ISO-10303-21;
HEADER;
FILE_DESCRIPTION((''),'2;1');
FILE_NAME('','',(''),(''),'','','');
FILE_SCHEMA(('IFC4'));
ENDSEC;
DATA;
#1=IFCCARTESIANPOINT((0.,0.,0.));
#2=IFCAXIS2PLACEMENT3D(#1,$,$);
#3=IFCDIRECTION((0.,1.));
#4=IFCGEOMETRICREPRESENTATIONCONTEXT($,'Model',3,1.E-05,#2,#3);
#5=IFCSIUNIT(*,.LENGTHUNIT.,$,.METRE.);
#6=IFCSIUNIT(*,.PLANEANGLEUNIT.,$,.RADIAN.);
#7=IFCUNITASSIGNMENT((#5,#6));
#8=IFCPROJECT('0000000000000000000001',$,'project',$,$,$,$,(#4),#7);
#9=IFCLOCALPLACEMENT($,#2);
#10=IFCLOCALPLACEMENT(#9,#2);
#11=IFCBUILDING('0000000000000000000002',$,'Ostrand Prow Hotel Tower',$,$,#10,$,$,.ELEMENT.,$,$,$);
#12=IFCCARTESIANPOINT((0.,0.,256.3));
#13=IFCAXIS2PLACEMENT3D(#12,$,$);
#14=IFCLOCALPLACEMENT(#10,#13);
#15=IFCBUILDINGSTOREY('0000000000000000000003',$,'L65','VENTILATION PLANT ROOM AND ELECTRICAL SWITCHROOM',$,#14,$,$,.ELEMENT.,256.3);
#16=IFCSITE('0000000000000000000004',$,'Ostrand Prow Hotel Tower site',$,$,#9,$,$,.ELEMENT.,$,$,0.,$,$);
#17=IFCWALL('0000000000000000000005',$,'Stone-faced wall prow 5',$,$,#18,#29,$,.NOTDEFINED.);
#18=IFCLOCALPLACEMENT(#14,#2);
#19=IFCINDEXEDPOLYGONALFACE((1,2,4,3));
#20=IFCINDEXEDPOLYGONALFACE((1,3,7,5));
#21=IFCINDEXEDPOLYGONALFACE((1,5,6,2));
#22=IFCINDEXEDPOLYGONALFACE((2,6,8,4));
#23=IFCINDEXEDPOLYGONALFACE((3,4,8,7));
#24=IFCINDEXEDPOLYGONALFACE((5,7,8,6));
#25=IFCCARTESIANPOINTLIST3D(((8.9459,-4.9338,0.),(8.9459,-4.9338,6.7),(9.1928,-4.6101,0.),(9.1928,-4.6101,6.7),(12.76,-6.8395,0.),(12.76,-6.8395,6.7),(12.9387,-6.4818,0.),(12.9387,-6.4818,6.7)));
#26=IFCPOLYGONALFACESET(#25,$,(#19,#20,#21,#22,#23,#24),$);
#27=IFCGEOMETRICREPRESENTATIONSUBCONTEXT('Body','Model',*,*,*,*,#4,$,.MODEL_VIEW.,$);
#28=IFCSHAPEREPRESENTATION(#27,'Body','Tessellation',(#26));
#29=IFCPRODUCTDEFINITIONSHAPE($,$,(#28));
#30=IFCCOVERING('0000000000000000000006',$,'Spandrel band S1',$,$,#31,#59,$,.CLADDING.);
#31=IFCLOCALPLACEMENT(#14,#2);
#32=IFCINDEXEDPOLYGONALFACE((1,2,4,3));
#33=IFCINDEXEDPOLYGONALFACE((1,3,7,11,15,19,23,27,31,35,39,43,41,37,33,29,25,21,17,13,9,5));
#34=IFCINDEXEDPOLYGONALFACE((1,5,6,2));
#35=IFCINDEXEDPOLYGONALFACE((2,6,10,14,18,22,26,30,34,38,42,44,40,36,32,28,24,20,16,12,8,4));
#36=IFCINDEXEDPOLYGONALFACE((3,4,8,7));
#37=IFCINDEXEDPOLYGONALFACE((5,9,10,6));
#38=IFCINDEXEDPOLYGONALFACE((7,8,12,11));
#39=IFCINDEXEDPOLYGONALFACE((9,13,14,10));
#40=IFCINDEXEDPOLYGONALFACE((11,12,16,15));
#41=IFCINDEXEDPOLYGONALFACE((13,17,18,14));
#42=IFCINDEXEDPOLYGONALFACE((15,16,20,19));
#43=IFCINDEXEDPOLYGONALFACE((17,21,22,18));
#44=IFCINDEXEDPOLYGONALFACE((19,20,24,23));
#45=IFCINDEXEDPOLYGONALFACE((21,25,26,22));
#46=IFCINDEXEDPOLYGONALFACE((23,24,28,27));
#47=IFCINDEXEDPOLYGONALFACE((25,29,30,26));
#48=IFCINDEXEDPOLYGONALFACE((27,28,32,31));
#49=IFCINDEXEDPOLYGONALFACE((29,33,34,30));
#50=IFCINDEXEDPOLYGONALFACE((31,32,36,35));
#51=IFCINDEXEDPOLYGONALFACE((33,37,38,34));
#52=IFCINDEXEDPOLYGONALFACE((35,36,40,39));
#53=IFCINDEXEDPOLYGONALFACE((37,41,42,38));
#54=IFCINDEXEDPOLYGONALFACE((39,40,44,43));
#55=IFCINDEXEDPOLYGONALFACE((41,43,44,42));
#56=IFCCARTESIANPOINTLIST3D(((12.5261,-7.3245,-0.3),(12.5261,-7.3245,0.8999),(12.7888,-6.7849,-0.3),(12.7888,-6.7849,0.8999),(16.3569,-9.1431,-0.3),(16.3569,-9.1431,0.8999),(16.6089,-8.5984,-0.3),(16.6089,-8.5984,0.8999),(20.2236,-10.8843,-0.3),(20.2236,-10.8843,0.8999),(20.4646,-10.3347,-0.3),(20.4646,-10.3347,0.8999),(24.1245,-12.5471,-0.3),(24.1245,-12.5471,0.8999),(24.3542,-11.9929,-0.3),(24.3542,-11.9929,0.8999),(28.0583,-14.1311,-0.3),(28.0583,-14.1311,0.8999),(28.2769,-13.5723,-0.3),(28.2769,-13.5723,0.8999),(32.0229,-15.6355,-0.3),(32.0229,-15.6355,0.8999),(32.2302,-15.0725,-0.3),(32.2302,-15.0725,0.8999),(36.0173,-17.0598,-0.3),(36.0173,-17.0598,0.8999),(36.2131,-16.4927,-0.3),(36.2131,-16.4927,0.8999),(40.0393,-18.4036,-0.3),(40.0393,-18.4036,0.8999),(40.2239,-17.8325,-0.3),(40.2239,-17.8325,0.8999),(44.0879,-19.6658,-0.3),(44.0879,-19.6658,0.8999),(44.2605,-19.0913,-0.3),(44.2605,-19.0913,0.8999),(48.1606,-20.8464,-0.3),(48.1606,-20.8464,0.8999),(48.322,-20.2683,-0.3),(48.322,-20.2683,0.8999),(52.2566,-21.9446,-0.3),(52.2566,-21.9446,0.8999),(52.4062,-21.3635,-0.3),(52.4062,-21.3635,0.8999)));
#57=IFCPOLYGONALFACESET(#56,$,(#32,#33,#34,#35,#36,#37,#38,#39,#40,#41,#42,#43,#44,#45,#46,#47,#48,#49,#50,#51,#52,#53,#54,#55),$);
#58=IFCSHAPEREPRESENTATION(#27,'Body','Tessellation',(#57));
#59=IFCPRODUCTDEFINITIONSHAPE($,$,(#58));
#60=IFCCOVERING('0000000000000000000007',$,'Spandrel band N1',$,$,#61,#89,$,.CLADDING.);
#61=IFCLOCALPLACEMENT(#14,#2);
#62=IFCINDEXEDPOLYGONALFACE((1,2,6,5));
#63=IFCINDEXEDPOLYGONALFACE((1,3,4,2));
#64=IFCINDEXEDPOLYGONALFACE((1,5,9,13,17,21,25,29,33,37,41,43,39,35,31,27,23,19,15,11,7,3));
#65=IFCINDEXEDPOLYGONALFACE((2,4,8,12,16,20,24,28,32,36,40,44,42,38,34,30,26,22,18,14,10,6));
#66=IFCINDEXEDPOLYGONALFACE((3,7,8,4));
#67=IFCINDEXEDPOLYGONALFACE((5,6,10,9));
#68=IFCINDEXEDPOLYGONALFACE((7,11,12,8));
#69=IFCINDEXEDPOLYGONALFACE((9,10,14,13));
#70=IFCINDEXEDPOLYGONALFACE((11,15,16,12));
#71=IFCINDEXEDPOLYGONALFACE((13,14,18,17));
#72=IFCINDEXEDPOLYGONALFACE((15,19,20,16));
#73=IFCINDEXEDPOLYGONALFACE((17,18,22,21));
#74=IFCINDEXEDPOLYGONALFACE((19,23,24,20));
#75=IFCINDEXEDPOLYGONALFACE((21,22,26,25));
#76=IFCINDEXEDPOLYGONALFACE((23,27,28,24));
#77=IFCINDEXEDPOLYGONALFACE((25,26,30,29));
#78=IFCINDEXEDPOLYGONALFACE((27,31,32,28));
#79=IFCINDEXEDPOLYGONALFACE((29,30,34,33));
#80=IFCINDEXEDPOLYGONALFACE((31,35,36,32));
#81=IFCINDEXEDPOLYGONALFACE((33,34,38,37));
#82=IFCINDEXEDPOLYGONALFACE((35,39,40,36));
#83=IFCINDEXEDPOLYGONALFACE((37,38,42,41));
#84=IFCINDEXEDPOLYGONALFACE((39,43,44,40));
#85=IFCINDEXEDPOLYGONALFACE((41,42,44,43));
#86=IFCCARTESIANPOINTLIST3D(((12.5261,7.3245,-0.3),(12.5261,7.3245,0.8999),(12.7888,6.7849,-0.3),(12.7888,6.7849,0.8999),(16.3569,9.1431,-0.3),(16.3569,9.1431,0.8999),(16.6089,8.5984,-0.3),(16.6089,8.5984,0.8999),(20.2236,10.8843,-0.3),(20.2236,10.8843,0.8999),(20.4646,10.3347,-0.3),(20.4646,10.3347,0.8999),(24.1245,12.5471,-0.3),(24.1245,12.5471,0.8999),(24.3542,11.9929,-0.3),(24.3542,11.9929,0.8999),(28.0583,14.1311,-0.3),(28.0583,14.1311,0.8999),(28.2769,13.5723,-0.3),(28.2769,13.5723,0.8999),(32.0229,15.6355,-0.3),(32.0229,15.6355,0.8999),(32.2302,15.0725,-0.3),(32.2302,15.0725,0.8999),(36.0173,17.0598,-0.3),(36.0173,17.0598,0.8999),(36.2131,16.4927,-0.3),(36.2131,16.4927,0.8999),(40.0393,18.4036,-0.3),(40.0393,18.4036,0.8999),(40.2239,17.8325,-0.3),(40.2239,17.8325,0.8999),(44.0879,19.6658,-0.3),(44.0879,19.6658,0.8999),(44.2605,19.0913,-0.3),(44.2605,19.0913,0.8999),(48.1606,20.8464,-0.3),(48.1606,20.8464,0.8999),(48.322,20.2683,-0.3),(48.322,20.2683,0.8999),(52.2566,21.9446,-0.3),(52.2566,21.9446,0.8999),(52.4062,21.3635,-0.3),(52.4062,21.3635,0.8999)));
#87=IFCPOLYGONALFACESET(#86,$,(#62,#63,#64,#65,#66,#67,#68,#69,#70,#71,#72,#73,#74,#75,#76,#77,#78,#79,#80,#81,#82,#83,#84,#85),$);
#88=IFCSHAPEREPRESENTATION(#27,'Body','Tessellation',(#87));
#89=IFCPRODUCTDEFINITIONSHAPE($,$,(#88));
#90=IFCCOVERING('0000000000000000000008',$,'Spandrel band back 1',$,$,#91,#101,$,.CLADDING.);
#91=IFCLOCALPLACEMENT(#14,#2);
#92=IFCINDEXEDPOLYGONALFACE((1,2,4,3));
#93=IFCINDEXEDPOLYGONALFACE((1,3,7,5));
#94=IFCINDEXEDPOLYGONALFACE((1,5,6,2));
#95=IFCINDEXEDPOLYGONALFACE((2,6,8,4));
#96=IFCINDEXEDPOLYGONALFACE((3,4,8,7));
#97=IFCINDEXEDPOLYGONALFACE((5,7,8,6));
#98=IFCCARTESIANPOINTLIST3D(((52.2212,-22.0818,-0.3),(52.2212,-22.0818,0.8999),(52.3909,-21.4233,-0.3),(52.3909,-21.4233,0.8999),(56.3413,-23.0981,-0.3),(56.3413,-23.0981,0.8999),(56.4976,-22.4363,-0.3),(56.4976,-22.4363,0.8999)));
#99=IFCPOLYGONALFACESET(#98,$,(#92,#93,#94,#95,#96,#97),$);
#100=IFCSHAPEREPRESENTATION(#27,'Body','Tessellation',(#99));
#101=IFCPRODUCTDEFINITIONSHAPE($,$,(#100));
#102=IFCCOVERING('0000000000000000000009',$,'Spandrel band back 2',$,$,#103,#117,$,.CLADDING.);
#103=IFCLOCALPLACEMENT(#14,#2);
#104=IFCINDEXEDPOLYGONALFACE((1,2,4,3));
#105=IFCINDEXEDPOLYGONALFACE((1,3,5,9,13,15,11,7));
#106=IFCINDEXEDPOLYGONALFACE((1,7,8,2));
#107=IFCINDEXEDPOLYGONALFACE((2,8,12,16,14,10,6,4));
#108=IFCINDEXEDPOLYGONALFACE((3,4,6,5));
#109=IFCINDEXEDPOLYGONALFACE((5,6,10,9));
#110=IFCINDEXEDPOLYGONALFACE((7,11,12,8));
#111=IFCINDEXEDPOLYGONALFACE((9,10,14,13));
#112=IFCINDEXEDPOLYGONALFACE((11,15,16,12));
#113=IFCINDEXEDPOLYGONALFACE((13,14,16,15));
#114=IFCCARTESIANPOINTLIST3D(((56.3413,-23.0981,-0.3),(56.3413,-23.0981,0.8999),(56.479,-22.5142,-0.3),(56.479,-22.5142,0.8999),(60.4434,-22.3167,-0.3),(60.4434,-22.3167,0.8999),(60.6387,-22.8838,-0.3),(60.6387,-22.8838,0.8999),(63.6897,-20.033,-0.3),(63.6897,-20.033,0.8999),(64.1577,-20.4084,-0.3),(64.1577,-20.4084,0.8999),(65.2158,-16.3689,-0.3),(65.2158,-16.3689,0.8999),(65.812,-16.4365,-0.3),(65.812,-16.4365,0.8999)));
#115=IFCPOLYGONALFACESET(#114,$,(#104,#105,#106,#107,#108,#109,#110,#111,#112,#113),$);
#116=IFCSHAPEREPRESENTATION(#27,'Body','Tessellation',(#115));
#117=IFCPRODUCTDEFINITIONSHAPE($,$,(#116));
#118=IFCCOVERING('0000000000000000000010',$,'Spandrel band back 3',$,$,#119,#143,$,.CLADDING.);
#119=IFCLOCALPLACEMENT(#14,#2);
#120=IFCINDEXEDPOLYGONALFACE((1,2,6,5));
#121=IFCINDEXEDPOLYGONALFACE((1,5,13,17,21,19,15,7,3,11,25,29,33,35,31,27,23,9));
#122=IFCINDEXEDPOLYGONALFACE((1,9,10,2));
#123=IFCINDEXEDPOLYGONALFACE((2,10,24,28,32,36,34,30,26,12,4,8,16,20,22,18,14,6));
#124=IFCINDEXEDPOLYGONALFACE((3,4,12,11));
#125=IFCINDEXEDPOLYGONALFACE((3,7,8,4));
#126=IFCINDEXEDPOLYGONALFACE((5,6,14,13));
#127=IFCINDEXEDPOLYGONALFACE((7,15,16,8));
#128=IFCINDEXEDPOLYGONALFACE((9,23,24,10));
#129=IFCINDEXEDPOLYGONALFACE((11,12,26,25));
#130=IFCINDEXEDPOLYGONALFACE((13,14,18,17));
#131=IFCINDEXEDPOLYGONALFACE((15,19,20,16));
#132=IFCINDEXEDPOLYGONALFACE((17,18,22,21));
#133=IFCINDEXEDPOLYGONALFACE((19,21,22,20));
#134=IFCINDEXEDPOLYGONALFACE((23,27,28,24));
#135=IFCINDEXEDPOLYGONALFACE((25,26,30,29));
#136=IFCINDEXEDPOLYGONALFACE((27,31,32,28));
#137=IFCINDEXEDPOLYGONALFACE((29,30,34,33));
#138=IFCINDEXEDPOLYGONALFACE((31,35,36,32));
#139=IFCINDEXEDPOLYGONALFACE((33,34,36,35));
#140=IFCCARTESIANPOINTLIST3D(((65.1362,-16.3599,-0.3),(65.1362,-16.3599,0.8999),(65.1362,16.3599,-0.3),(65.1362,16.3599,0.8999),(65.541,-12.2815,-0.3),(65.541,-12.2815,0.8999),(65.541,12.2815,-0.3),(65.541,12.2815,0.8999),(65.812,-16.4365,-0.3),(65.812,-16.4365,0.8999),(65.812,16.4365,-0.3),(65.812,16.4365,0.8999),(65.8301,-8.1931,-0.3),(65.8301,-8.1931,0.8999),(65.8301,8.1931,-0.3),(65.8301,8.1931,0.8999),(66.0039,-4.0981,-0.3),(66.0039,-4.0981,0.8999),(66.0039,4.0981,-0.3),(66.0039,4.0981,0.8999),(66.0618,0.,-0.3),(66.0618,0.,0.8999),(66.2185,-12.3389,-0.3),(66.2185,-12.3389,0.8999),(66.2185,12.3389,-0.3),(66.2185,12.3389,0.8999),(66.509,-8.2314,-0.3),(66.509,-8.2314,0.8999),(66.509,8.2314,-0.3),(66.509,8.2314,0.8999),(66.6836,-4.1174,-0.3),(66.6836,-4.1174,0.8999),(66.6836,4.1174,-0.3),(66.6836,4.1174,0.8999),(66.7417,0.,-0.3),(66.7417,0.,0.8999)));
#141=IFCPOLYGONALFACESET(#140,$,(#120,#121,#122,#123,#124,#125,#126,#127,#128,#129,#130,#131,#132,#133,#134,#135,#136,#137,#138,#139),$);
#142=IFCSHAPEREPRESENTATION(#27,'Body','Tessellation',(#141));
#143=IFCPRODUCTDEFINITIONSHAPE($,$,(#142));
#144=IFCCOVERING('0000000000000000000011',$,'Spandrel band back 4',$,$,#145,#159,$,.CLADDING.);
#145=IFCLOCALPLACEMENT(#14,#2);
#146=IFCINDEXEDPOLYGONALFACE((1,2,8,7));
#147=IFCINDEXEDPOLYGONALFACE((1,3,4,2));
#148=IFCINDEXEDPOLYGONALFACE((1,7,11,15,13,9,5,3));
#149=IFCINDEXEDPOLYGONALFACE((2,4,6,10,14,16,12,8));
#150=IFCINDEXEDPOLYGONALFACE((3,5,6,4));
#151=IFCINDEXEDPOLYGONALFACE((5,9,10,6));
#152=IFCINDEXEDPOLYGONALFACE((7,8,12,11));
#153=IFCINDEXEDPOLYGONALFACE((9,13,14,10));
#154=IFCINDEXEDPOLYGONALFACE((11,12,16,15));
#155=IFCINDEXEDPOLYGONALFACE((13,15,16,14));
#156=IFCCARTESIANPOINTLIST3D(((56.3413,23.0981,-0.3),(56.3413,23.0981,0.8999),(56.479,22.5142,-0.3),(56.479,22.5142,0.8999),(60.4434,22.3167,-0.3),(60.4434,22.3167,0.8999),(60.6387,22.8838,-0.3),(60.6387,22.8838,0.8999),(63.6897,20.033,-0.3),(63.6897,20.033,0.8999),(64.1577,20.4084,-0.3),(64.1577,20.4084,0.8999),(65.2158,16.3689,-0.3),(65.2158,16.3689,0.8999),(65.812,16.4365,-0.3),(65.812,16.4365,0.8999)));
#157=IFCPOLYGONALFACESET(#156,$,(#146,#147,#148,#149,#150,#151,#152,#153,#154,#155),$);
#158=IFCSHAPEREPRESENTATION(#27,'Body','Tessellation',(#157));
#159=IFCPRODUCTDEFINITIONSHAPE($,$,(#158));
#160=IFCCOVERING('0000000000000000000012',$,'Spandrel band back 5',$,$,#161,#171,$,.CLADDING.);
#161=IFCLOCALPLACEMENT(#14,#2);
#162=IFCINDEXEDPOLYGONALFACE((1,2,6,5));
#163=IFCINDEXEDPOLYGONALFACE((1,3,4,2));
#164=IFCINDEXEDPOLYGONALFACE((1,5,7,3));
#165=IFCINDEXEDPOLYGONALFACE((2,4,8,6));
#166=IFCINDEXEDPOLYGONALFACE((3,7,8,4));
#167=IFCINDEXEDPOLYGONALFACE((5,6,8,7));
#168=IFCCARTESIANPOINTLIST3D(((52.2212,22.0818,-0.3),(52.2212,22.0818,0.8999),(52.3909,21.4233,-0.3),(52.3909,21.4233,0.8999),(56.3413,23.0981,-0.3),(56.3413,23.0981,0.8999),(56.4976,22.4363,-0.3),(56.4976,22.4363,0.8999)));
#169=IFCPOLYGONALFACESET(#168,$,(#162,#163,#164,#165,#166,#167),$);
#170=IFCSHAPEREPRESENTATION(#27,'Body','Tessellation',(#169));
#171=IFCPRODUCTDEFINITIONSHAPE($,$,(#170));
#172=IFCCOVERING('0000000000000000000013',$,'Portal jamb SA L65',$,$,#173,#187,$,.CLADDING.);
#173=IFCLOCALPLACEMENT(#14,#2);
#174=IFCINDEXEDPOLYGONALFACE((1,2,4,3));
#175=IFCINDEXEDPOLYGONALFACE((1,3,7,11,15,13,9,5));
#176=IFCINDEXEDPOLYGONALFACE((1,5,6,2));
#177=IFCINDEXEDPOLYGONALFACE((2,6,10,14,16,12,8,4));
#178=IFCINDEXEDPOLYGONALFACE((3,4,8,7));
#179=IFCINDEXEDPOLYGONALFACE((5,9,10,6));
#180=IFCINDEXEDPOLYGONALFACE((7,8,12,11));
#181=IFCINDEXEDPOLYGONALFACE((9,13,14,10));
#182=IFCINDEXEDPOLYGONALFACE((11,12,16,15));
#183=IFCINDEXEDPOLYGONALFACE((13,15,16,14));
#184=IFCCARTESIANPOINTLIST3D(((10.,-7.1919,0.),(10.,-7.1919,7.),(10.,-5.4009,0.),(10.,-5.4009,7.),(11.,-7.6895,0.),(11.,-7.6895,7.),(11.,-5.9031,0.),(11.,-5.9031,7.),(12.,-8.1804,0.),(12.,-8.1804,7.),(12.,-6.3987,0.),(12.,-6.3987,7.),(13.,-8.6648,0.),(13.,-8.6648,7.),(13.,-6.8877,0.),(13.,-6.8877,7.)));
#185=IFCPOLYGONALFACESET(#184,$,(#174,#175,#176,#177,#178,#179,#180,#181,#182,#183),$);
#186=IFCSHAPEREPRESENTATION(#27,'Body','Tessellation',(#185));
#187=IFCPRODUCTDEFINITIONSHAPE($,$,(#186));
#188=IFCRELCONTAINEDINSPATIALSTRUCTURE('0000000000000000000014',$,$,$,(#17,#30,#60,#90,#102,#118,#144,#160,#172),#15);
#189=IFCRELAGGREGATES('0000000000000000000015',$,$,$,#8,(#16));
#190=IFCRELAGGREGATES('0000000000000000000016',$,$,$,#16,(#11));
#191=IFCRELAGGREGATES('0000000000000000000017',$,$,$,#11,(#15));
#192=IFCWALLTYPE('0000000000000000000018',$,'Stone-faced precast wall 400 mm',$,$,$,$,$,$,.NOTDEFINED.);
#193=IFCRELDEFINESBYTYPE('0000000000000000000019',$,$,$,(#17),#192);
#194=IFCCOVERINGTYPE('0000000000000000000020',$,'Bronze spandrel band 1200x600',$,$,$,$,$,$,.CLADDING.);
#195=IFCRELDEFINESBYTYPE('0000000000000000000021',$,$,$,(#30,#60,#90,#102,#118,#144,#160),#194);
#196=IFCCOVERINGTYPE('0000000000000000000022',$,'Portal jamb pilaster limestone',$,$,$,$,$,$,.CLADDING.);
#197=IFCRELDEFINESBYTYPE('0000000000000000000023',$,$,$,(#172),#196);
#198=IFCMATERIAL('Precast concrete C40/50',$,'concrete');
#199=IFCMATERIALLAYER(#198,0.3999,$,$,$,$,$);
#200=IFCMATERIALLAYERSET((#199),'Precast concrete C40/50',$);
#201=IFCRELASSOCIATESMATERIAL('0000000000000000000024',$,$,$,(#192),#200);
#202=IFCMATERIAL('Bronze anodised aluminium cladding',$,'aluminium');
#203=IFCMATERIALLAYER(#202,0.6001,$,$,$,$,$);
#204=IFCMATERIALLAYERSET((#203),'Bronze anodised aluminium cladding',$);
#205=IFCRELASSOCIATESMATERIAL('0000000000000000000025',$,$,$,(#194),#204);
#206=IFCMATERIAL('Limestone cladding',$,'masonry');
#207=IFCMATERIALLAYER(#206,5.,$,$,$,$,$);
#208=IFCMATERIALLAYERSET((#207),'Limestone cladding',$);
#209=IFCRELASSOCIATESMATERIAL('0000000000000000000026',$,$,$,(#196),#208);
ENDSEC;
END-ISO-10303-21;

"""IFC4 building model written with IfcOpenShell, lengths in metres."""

from ifc_helpers import new_model, si_unit, direction, frame, origin, place, context, subcontext, project, spatial, polyline, outline, extrude, material, layer, layer_set, type_object, element, save


model = new_model("IFC4")

# Units and contexts
model_context = context("Model", 3, precision=1e-05, world=origin(), true_north=direction((0.0, 1.0)))
body_context = subcontext(model_context, "Body", "Model", "MODEL_VIEW")
ifc_project = project(units=[si_unit("LENGTHUNIT", "METRE"), si_unit("PLANEANGLEUNIT", "RADIAN")], contexts=[model_context])

# Site, building, storey
site_placement = place(None, origin())
site = spatial("IfcSite", under=ifc_project, at=site_placement, Name="Ostrand Prow Hotel Tower site", CompositionType="ELEMENT", RefElevation=0.0)
building_placement = place(site_placement, origin())
building = spatial("IfcBuilding", under=site, at=building_placement, Name="Ostrand Prow Hotel Tower", CompositionType="ELEMENT")
storey_placement = place(building_placement, frame((0.0, 0.0, 256.3)))
storey = spatial("IfcBuildingStorey", under=building, at=storey_placement, Name="L65", Description="VENTILATION PLANT ROOM AND ELECTRICAL SWITCHROOM", CompositionType="ELEMENT", Elevation=256.3)

# Wall
ifc_material_1 = material(Name="Precast concrete C40/50", Category="concrete")
ifc_layer_1 = layer(ifc_material_1, 0.3999)
ifc_layer_set_1 = layer_set([ifc_layer_1], Name="Precast concrete C40/50")
wall_type_1 = type_object("IfcWallType", Name="Stone-faced precast wall 400 mm", PredefinedType="NOTDEFINED", material=ifc_layer_set_1)
wall_1_placement = place(storey_placement, frame((9.0693, -4.772, 0.0), z_axis=(0.0, 0.0, 1.0), x_axis=(0.894554, -0.446959, 0.0)))
element("IfcWall", 1, at=wall_1_placement, inside=storey, type_object=wall_type_1, Name="Stone-faced wall prow 5", PredefinedType="NOTDEFINED", context=body_context, shape_type="SweptSolid", body=[
    extrude(outline(polyline([(-0.0381, -0.2), (4.2256, -0.2), (4.2256, 0.2), (0.0381, 0.2), (-0.0381, -0.2)])), origin(), (0.0, 0.0, 1.0), 6.7),
])

# Coverings
ifc_material_2 = material(Name="Bronze anodised aluminium cladding", Category="aluminium")
ifc_layer_2 = layer(ifc_material_2, 0.6001)
ifc_layer_set_2 = layer_set([ifc_layer_2], Name="Bronze anodised aluminium cladding")
covering_type_1 = type_object("IfcCoveringType", Name="Bronze spandrel band 1200x600", PredefinedType="CLADDING", material=ifc_layer_set_2)
covering_1_placement = place(storey_placement, frame((0.0, 0.0, -0.3)))
element("IfcCovering", 2, at=covering_1_placement, inside=storey, type_object=covering_type_1, Name="Spandrel band S1", PredefinedType="CLADDING", context=body_context, shape_type="SweptSolid", body=[
    extrude(outline(polyline([(12.5261, -7.3245), (16.3569, -9.1431), (20.2236, -10.8843), (24.1245, -12.5471), (28.0583, -14.1311), (32.0229, -15.6355), (36.0173, -17.0598), (40.0393, -18.4036), (44.0879, -19.6658), (48.1606, -20.8464), (52.2566, -21.9446), (52.4062, -21.3635), (48.322, -20.2683), (44.2605, -19.0913), (40.2239, -17.8325), (36.2131, -16.4927), (32.2302, -15.0725), (28.2769, -13.5723), (24.3542, -11.9929), (20.4646, -10.3347), (16.6089, -8.5984), (12.7888, -6.7849), (12.5261, -7.3245)])), origin(), (0.0, 0.0, 1.0), 1.2),
])
covering_2_placement = place(storey_placement, frame((0.0, 0.0, -0.3)))
element("IfcCovering", 3, at=covering_2_placement, inside=storey, type_object=covering_type_1, Name="Spandrel band N1", PredefinedType="CLADDING", context=body_context, shape_type="SweptSolid", body=[
    extrude(outline(polyline([(52.2566, 21.9446), (48.1606, 20.8464), (44.0879, 19.6658), (40.0393, 18.4036), (36.0173, 17.0598), (32.0229, 15.6355), (28.0583, 14.1311), (24.1245, 12.5471), (20.2236, 10.8843), (16.3569, 9.1431), (12.5261, 7.3245), (12.7888, 6.7849), (16.6089, 8.5984), (20.4646, 10.3347), (24.3542, 11.9929), (28.2769, 13.5723), (32.2302, 15.0725), (36.2131, 16.4927), (40.2239, 17.8325), (44.2605, 19.0913), (48.322, 20.2683), (52.4062, 21.3635), (52.2566, 21.9446)])), origin(), (0.0, 0.0, 1.0), 1.2),
])
covering_3_placement = place(storey_placement, frame((0.0, 0.0, -0.3)))
element("IfcCovering", 4, at=covering_3_placement, inside=storey, type_object=covering_type_1, Name="Spandrel band back 1", PredefinedType="CLADDING", context=body_context, shape_type="SweptSolid", body=[
    extrude(outline(polyline([(52.2212, -22.0818), (56.3413, -23.0981), (56.4976, -22.4363), (52.3909, -21.4233), (52.2212, -22.0818)])), origin(), (0.0, 0.0, 1.0), 1.2),
])
covering_4_placement = place(storey_placement, frame((0.0, 0.0, -0.3)))
element("IfcCovering", 5, at=covering_4_placement, inside=storey, type_object=covering_type_1, Name="Spandrel band back 2", PredefinedType="CLADDING", context=body_context, shape_type="SweptSolid", body=[
    extrude(outline(polyline([(56.3413, -23.0981), (60.6387, -22.8838), (64.1577, -20.4084), (65.812, -16.4365), (65.2158, -16.3689), (63.6897, -20.033), (60.4434, -22.3167), (56.479, -22.5142), (56.3413, -23.0981)])), origin(), (0.0, 0.0, 1.0), 1.2),
])
covering_5_placement = place(storey_placement, frame((0.0, 0.0, -0.3)))
element("IfcCovering", 6, at=covering_5_placement, inside=storey, type_object=covering_type_1, Name="Spandrel band back 3", PredefinedType="CLADDING", context=body_context, shape_type="SweptSolid", body=[
    extrude(outline(polyline([(65.812, -16.4365), (66.2185, -12.3389), (66.509, -8.2314), (66.6836, -4.1174), (66.7417, 0.0), (66.6836, 4.1174), (66.509, 8.2314), (66.2185, 12.3389), (65.812, 16.4365), (65.1362, 16.3599), (65.541, 12.2815), (65.8301, 8.1931), (66.0039, 4.0981), (66.0618, 0.0), (66.0039, -4.0981), (65.8301, -8.1931), (65.541, -12.2815), (65.1362, -16.3599), (65.812, -16.4365)])), origin(), (0.0, 0.0, 1.0), 1.2),
])
covering_6_placement = place(storey_placement, frame((0.0, 0.0, -0.3)))
element("IfcCovering", 7, at=covering_6_placement, inside=storey, type_object=covering_type_1, Name="Spandrel band back 4", PredefinedType="CLADDING", context=body_context, shape_type="SweptSolid", body=[
    extrude(outline(polyline([(65.812, 16.4365), (64.1577, 20.4084), (60.6387, 22.8838), (56.3413, 23.0981), (56.479, 22.5142), (60.4434, 22.3167), (63.6897, 20.033), (65.2158, 16.3689), (65.812, 16.4365)])), origin(), (0.0, 0.0, 1.0), 1.2),
])
covering_7_placement = place(storey_placement, frame((0.0, 0.0, -0.3)))
element("IfcCovering", 8, at=covering_7_placement, inside=storey, type_object=covering_type_1, Name="Spandrel band back 5", PredefinedType="CLADDING", context=body_context, shape_type="SweptSolid", body=[
    extrude(outline(polyline([(56.3413, 23.0981), (52.2212, 22.0818), (52.3909, 21.4233), (56.4976, 22.4363), (56.3413, 23.0981)])), origin(), (0.0, 0.0, 1.0), 1.2),
])
ifc_material_3 = material(Name="Limestone cladding", Category="masonry")
ifc_layer_3 = layer(ifc_material_3, 5.0)
ifc_layer_set_3 = layer_set([ifc_layer_3], Name="Limestone cladding")
covering_type_2 = type_object("IfcCoveringType", Name="Portal jamb pilaster limestone", PredefinedType="CLADDING", material=ifc_layer_set_3)
covering_8_placement = place(storey_placement, origin())
element("IfcCovering", 9, at=covering_8_placement, inside=storey, type_object=covering_type_2, Name="Portal jamb SA L65", PredefinedType="CLADDING", context=body_context, shape_type="SweptSolid", body=[
    extrude(outline(polyline([(10.0, -5.4009), (10.0, -7.1919), (11.0, -7.6895), (12.0, -8.1804), (13.0, -8.6648), (13.0, -6.8877), (12.0, -6.3987), (11.0, -5.9031), (10.0, -5.4009)])), origin(), (0.0, 0.0, 1.0), 7.0),
])

save(model, "model.ifc")
